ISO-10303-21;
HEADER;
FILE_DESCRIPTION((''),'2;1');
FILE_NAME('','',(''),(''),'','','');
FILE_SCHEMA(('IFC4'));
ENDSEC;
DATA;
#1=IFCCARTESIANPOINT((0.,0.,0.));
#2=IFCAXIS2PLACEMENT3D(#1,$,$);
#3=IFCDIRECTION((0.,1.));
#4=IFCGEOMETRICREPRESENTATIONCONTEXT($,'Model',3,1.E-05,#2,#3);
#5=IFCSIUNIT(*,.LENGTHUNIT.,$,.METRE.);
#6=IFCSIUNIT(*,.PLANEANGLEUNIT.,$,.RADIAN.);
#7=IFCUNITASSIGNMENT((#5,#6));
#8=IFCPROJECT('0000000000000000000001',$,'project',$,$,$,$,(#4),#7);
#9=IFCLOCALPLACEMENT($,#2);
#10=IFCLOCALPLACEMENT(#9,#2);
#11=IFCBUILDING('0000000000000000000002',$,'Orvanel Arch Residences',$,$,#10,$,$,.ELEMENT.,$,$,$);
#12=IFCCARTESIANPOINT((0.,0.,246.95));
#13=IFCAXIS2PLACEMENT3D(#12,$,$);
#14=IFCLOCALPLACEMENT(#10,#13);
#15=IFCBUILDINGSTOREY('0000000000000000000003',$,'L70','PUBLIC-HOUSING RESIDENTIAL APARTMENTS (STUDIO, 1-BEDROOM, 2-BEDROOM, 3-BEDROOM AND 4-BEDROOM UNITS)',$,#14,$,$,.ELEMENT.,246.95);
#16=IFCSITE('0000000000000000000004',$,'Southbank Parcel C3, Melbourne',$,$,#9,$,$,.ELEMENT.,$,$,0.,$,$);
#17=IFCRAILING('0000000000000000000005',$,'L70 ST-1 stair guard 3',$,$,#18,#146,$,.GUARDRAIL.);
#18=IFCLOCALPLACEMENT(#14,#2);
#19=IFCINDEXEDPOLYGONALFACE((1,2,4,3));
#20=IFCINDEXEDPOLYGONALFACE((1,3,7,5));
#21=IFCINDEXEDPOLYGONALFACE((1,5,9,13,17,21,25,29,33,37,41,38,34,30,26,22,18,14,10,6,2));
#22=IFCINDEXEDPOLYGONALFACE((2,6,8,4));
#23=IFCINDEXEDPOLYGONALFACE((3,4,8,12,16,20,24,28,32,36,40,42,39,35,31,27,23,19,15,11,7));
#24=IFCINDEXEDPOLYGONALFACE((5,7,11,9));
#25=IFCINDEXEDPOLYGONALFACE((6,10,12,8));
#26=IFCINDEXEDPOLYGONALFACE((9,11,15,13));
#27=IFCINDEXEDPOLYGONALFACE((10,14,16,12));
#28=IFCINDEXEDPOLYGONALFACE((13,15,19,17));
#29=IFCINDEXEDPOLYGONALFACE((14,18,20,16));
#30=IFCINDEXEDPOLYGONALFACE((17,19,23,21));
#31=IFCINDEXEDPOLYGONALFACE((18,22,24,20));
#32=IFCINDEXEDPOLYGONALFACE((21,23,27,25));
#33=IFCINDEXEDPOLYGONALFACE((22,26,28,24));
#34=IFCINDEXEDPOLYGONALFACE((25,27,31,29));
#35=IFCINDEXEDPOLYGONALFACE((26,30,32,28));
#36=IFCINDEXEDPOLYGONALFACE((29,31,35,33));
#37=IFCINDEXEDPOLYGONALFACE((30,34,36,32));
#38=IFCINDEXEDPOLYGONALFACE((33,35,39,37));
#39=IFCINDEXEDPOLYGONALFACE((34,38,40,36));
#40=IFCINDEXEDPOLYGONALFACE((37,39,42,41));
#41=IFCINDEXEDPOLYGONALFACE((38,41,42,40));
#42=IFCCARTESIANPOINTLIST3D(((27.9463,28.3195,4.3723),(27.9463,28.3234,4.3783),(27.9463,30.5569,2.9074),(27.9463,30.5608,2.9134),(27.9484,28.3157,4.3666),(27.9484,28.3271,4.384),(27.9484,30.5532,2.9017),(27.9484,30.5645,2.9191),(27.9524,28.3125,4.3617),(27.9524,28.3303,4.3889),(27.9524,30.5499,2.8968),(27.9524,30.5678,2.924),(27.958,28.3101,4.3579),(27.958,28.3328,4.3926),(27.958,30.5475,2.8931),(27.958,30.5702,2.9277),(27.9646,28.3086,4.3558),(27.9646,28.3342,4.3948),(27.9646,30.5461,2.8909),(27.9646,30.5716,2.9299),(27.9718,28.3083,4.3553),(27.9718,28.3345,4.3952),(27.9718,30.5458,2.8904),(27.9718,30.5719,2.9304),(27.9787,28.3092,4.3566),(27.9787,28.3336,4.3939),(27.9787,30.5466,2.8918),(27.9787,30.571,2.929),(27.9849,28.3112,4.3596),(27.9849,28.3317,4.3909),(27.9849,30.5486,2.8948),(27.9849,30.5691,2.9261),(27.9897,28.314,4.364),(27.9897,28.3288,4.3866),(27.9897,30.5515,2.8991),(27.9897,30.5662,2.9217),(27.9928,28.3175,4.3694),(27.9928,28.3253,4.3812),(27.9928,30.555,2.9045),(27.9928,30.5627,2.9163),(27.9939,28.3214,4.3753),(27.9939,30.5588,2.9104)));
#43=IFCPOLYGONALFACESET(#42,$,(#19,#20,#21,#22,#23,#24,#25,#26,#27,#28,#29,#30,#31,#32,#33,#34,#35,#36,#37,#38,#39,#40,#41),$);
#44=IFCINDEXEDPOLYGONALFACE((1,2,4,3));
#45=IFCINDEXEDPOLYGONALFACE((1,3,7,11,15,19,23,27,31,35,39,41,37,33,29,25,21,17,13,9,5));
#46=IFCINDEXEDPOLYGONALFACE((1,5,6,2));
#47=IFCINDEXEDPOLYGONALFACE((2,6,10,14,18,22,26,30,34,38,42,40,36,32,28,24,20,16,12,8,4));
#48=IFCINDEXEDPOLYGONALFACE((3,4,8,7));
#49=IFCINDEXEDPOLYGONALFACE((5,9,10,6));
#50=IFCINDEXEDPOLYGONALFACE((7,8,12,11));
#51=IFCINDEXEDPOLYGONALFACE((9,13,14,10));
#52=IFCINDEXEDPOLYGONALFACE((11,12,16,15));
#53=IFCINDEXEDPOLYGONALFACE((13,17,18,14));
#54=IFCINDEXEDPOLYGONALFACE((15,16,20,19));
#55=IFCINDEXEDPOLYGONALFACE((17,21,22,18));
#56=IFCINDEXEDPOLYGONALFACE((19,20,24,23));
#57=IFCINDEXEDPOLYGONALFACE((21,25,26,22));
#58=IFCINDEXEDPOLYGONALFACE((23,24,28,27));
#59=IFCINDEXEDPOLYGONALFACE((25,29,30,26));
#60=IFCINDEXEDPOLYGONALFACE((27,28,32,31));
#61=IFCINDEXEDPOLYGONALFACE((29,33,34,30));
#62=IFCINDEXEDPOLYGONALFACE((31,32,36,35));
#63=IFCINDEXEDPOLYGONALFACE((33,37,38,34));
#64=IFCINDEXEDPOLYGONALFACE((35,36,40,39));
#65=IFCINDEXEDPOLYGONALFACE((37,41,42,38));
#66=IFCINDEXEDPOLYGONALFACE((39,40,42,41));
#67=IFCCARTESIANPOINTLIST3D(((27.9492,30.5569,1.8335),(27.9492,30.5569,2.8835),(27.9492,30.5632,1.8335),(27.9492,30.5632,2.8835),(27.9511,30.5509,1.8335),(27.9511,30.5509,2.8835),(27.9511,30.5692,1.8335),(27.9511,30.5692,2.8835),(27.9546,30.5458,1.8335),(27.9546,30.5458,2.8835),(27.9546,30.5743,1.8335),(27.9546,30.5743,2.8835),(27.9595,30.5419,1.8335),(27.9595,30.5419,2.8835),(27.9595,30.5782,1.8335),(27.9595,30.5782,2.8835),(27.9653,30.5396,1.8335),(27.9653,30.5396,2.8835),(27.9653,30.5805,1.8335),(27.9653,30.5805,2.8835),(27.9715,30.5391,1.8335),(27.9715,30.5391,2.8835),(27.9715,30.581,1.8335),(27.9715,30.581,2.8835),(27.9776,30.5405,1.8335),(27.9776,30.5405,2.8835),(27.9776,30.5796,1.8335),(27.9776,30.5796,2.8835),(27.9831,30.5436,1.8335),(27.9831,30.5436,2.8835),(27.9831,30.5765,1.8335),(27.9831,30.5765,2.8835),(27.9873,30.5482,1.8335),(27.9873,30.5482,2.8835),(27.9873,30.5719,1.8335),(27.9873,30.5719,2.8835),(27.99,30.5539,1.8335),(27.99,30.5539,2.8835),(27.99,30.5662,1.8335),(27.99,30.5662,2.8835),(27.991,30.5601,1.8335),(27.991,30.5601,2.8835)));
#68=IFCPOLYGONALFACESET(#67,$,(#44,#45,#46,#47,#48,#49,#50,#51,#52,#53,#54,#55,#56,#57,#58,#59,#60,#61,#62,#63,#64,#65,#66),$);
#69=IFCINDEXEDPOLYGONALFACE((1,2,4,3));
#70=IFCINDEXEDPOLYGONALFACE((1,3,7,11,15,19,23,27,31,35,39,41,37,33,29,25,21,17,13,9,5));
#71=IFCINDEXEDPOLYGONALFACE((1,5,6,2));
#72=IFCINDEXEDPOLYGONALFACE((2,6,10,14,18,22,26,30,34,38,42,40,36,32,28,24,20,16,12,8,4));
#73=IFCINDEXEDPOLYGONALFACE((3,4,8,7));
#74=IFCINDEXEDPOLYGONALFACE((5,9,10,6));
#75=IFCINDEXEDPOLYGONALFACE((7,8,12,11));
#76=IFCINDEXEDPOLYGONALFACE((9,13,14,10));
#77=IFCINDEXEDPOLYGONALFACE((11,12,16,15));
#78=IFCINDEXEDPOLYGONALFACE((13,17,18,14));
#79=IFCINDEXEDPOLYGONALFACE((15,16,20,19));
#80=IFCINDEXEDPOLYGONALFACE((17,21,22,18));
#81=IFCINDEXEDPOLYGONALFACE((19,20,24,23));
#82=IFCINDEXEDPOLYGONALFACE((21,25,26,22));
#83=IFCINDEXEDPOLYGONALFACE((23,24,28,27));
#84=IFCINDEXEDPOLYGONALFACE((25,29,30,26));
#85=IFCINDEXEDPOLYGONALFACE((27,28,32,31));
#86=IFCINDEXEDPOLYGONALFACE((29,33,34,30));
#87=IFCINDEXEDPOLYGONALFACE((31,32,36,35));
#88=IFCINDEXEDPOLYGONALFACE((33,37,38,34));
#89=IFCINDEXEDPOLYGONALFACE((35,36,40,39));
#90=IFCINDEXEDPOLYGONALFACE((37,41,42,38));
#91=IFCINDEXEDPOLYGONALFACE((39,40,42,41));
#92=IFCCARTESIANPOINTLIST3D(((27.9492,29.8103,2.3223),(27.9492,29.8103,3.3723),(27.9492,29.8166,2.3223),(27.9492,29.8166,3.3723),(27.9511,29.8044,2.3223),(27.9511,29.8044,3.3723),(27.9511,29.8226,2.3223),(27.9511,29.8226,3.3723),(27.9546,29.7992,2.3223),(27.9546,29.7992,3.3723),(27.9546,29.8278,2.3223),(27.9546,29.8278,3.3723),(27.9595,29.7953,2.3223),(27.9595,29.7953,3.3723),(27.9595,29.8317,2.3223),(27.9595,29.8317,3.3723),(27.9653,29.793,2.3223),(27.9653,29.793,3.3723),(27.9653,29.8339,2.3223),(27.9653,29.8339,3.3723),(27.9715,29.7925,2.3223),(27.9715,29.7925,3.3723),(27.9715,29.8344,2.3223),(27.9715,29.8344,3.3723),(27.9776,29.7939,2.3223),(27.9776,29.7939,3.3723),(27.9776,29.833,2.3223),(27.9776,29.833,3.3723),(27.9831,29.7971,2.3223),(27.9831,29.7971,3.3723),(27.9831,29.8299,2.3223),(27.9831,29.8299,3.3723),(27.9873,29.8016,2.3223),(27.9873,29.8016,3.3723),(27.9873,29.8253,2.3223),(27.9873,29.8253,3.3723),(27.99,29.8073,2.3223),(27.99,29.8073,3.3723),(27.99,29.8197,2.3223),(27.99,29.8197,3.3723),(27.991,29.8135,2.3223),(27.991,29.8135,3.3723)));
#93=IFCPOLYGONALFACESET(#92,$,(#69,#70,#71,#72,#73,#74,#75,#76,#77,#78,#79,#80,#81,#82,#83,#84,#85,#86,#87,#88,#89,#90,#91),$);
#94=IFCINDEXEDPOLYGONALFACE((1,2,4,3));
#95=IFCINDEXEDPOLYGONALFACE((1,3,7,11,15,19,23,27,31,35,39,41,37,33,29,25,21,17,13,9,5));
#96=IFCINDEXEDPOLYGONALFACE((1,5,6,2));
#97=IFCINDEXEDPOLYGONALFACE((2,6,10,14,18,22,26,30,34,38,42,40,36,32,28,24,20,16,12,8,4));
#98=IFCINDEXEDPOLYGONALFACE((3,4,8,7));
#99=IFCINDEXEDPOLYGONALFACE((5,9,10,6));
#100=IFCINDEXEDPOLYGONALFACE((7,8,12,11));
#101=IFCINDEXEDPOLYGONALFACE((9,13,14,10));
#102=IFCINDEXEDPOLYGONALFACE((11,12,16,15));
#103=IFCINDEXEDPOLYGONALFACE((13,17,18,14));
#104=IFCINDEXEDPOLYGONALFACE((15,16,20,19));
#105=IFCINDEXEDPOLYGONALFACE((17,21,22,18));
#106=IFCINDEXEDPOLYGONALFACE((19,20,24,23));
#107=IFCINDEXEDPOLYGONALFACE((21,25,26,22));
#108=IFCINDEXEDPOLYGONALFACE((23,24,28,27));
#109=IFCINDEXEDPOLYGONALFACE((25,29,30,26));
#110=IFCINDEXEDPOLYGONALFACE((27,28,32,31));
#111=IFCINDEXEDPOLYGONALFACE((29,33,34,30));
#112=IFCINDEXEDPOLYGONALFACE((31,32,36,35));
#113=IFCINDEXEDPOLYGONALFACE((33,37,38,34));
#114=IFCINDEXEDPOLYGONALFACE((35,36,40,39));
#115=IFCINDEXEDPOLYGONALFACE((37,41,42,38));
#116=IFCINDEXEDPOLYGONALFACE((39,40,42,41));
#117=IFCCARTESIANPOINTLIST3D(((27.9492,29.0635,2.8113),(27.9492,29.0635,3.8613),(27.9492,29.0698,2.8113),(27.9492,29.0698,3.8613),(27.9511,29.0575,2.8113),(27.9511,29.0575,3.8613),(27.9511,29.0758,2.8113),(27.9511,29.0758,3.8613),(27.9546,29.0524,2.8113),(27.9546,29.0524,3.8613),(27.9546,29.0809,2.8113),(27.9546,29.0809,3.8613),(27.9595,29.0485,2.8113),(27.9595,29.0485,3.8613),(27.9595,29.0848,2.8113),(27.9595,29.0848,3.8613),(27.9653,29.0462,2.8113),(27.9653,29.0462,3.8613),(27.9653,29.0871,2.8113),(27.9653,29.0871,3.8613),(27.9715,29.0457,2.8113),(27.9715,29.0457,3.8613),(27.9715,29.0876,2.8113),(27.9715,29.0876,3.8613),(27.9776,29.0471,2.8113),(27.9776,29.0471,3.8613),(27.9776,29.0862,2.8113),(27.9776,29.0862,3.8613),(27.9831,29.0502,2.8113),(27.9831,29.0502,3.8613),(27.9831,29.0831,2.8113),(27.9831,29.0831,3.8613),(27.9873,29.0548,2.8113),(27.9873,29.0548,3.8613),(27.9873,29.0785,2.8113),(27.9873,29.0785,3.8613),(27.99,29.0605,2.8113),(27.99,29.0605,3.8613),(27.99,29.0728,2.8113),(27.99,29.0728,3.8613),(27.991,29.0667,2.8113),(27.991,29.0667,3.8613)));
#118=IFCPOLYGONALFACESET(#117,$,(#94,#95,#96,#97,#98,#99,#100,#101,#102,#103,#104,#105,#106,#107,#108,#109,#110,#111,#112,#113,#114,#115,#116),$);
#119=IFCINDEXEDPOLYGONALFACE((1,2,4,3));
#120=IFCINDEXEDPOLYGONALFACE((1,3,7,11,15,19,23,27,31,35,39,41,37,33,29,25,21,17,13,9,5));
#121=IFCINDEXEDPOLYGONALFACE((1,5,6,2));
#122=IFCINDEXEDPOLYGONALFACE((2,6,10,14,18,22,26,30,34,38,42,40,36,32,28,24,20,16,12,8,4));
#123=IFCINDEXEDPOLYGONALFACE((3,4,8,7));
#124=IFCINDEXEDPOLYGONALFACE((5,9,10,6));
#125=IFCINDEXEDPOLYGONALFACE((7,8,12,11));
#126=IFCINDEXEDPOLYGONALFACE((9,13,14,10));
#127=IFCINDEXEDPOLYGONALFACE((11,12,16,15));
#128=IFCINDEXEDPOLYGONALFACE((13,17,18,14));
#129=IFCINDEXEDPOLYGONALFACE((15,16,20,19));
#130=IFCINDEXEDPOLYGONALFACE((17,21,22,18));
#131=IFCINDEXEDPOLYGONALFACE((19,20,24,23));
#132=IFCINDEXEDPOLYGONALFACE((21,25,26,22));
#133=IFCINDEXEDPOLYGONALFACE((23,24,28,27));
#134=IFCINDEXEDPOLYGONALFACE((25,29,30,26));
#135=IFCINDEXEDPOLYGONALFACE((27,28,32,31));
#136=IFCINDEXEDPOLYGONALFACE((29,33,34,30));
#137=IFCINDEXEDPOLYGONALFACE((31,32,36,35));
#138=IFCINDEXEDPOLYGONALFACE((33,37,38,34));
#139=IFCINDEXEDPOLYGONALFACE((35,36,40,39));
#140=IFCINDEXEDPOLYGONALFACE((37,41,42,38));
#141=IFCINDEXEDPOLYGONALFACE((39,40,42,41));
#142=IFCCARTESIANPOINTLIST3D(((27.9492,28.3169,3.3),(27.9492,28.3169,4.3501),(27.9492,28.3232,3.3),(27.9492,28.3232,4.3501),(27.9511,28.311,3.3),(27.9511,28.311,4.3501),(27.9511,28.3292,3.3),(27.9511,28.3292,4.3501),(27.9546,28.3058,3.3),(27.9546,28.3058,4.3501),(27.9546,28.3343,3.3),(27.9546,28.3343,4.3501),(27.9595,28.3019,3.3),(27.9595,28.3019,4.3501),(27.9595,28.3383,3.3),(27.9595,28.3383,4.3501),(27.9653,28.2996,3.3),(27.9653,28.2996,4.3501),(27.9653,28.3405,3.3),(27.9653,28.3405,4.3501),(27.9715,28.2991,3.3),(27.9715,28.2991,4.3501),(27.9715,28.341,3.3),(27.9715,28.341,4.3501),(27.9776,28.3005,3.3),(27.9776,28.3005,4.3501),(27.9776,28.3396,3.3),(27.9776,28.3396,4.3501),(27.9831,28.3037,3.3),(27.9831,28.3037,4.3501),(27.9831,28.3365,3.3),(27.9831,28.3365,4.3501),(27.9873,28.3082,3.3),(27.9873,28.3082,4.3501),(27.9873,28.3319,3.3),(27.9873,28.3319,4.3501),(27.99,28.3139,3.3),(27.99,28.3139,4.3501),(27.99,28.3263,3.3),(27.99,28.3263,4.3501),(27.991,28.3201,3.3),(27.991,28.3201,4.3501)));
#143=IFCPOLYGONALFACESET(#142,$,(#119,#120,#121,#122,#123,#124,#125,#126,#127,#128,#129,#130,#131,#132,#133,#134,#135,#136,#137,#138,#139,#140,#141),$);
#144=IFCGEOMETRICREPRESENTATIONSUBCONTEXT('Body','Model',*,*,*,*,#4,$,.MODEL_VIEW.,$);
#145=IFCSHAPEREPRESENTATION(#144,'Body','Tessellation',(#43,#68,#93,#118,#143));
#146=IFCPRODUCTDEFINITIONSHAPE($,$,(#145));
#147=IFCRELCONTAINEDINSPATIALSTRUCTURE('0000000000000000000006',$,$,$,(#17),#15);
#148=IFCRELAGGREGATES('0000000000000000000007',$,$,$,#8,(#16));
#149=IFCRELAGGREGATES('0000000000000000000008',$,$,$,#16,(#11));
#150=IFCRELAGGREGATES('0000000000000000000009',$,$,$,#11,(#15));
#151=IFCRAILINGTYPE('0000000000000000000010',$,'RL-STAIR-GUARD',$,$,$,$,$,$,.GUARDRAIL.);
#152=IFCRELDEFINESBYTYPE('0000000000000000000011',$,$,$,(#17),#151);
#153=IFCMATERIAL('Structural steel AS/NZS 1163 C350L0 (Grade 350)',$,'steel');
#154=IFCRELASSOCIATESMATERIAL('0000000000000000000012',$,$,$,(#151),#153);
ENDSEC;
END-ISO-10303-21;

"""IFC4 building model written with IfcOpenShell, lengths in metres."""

from ifc_helpers import new_model, si_unit, direction, frame, origin, origin_2d, place, context, subcontext, project, spatial, circle, extrude, material, type_object, element, save


model = new_model("IFC4")

# Units and contexts
model_context = context("Model", 3, precision=1e-05, world=origin(), true_north=direction((0.0, 1.0)))
body_context = subcontext(model_context, "Body", "Model", "MODEL_VIEW")
ifc_project = project(units=[si_unit("LENGTHUNIT", "METRE"), si_unit("PLANEANGLEUNIT", "RADIAN")], contexts=[model_context])

# Site, building, storey
site_placement = place(None, origin())
site = spatial("IfcSite", under=ifc_project, at=site_placement, Name="Southbank Parcel C3, Melbourne", CompositionType="ELEMENT", RefElevation=0.0)
building_placement = place(site_placement, origin())
building = spatial("IfcBuilding", under=site, at=building_placement, Name="Orvanel Arch Residences", CompositionType="ELEMENT")
storey_placement = place(building_placement, frame((0.0, 0.0, 246.95)))
storey = spatial("IfcBuildingStorey", under=building, at=storey_placement, Name="L70", Description="PUBLIC-HOUSING RESIDENTIAL APARTMENTS (STUDIO, 1-BEDROOM, 2-BEDROOM, 3-BEDROOM AND 4-BEDROOM UNITS)", CompositionType="ELEMENT", Elevation=246.95)

# Railing
ifc_material_1 = material(Name="Structural steel AS/NZS 1163 C350L0 (Grade 350)", Category="steel")
railing_type_1 = type_object("IfcRailingType", Name="RL-STAIR-GUARD", PredefinedType="GUARDRAIL", material=ifc_material_1)
railing_1_placement = place(storey_placement, frame((27.97, 30.5601, 1.8335)))
element("IfcRailing", 1, at=railing_1_placement, inside=storey, type_object=railing_type_1, Name="L70 ST-1 stair guard 3", PredefinedType="GUARDRAIL", context=body_context, shape_type="SweptSolid", body=[
    extrude(circle(Radius=0.0239, at=origin_2d()), frame((0.0, -0.0012, 1.0769), z_axis=(0.0, -0.836637, 0.547758), x_axis=(1.0, 0.0, 0.0)), (0.0, 0.0, 1.0), 2.6743),
    extrude(circle(Radius=0.021, at=origin_2d()), origin(), (0.0, 0.0, 1.0), 1.05),
    extrude(circle(Radius=0.021, at=origin_2d()), frame((0.0, -0.7466, 0.4888)), (0.0, 0.0, 1.0), 1.05),
    extrude(circle(Radius=0.021, at=origin_2d()), frame((0.0, -1.4934, 0.9778)), (0.0, 0.0, 1.0), 1.05),
    extrude(circle(Radius=0.021, at=origin_2d()), frame((0.0, -2.24, 1.4666)), (0.0, 0.0, 1.0), 1.05),
])

save(model, "model.ifc")
